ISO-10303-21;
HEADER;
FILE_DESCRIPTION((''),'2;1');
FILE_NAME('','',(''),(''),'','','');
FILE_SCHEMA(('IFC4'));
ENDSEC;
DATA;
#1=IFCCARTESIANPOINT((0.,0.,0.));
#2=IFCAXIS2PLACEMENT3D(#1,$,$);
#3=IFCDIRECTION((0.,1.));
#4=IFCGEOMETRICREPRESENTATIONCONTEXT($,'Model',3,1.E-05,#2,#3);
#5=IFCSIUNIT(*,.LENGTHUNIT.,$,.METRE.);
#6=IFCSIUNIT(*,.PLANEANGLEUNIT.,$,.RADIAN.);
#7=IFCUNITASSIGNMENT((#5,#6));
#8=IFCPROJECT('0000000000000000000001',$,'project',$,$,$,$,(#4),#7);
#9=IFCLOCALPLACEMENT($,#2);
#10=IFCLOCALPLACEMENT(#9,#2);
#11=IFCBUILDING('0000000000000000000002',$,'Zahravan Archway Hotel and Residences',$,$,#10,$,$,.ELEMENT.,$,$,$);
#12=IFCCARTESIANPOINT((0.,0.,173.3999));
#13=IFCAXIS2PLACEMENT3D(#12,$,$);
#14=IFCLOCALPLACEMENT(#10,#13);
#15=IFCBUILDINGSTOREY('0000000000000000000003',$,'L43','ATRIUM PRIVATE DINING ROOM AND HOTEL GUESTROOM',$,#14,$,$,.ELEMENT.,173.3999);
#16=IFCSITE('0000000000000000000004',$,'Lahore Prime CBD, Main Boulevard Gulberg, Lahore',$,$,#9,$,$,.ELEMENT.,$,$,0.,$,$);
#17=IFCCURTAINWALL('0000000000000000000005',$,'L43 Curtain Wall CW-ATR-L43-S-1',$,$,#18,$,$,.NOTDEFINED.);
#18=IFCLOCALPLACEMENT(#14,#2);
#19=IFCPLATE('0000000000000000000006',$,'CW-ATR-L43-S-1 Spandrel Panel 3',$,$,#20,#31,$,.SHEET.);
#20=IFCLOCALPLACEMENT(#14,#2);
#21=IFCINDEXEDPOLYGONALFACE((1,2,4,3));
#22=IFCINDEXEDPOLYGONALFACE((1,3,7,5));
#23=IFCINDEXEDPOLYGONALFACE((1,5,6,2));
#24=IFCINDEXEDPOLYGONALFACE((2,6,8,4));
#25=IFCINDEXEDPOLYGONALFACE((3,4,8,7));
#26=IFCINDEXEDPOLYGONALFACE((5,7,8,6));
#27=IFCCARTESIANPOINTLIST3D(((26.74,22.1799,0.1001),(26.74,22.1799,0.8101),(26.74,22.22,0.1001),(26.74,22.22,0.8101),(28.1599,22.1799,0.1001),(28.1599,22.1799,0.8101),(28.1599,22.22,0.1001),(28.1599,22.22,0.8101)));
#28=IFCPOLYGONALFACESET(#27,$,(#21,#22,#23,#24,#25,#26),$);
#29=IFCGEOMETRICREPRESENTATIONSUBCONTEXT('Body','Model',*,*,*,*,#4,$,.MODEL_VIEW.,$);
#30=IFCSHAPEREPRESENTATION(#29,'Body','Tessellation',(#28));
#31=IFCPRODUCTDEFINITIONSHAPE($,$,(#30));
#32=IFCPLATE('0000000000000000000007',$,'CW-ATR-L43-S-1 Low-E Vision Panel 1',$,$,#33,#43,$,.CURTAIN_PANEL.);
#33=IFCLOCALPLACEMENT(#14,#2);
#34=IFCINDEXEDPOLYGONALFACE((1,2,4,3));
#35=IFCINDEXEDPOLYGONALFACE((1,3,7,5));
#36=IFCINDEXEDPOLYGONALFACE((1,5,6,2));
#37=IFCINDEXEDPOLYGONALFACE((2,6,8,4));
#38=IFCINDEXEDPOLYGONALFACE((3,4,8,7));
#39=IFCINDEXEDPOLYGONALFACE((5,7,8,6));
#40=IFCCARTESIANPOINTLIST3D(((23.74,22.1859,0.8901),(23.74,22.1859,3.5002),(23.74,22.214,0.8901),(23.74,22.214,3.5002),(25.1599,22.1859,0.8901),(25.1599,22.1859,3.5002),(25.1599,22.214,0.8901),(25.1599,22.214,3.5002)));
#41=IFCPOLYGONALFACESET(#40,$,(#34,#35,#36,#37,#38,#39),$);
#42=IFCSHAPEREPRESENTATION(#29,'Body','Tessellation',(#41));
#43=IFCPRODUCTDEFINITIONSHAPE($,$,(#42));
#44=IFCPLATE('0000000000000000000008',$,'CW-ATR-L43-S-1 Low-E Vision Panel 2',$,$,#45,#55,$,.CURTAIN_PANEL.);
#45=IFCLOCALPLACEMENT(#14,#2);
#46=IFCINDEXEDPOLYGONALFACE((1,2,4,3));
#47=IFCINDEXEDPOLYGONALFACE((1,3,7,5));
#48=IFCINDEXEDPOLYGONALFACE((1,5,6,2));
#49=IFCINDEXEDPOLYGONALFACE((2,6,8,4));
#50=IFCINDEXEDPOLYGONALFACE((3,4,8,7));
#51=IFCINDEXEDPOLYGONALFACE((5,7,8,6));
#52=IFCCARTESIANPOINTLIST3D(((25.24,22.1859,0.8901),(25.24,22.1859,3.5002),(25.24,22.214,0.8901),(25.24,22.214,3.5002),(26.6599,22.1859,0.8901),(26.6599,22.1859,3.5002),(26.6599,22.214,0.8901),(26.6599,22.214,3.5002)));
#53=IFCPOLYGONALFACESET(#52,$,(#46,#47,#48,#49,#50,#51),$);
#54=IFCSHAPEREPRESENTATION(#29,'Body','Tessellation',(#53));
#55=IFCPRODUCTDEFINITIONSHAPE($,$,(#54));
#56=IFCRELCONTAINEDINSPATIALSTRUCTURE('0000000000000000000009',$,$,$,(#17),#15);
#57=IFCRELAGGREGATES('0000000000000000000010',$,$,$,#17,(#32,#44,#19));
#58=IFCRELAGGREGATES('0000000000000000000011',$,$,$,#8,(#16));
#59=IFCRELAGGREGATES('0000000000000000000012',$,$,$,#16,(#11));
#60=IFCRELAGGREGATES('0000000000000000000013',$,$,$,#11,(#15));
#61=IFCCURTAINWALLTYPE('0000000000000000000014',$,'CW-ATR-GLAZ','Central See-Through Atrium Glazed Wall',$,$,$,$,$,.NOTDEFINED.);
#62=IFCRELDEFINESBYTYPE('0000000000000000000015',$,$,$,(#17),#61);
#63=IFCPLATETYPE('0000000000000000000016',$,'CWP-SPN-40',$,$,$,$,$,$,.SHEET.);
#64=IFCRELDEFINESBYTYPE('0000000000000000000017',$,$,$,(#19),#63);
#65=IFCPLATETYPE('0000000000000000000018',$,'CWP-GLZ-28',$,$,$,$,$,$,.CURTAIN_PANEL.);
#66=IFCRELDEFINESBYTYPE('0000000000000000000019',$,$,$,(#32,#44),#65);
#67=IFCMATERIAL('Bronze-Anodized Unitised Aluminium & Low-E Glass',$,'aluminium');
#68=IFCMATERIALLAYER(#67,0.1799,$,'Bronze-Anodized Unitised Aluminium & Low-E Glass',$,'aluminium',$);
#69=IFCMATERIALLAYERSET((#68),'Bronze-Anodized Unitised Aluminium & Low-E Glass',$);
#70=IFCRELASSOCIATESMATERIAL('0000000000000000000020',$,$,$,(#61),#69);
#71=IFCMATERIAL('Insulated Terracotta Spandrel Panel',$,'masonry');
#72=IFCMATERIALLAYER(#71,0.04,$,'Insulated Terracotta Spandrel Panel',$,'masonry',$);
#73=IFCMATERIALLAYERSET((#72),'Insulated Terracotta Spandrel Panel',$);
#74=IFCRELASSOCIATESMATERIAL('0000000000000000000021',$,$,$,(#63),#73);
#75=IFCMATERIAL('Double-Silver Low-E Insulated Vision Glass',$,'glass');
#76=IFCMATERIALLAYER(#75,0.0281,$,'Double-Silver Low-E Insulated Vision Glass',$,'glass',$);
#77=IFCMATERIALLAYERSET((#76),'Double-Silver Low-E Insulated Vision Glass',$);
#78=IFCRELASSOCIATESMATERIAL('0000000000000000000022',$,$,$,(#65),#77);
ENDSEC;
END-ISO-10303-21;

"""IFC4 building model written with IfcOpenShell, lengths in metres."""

from ifc_helpers import new_model, si_unit, direction, frame, origin, origin_2d, place, context, subcontext, project, spatial, rectangle, extrude, source, transform, mapped, material, layer, layer_set, type_object, element, aggregate, save


model = new_model("IFC4")

# Units and contexts
model_context = context("Model", 3, precision=1e-05, world=origin(), true_north=direction((0.0, 1.0)))
body_context = subcontext(model_context, "Body", "Model", "MODEL_VIEW")
ifc_project = project(units=[si_unit("LENGTHUNIT", "METRE"), si_unit("PLANEANGLEUNIT", "RADIAN")], contexts=[model_context])

# Site, building, storey
site_placement = place(None, origin())
site = spatial("IfcSite", under=ifc_project, at=site_placement, Name="Lahore Prime CBD, Main Boulevard Gulberg, Lahore", CompositionType="ELEMENT", RefElevation=0.0)
building_placement = place(site_placement, origin())
building = spatial("IfcBuilding", under=site, at=building_placement, Name="Zahravan Archway Hotel and Residences", CompositionType="ELEMENT")
storey_placement = place(building_placement, frame((0.0, 0.0, 173.3999)))
storey = spatial("IfcBuildingStorey", under=building, at=storey_placement, Name="L43", Description="ATRIUM PRIVATE DINING ROOM AND HOTEL GUESTROOM", CompositionType="ELEMENT", Elevation=173.3999)

# Curtain wall, plates
ifc_material_1 = material(Name="Bronze-Anodized Unitised Aluminium & Low-E Glass", Category="aluminium")
ifc_layer_1 = layer(ifc_material_1, 0.1799, Name="Bronze-Anodized Unitised Aluminium & Low-E Glass", Category="aluminium")
ifc_layer_set_1 = layer_set([ifc_layer_1], Name="Bronze-Anodized Unitised Aluminium & Low-E Glass")
curtain_wall_type = type_object("IfcCurtainWallType", Name="CW-ATR-GLAZ", Description="Central See-Through Atrium Glazed Wall", PredefinedType="NOTDEFINED", material=ifc_layer_set_1)
curtain_wall_placement = place(storey_placement, origin())
curtain_wall = element("IfcCurtainWall", 1, at=curtain_wall_placement, inside=storey, type_object=curtain_wall_type, Name="L43 Curtain Wall CW-ATR-L43-S-1", PredefinedType="NOTDEFINED")
ifc_material_2 = material(Name="Insulated Terracotta Spandrel Panel", Category="masonry")
ifc_layer_2 = layer(ifc_material_2, 0.04, Name="Insulated Terracotta Spandrel Panel", Category="masonry")
ifc_layer_set_2 = layer_set([ifc_layer_2], Name="Insulated Terracotta Spandrel Panel")
plate_type_1 = type_object("IfcPlateType", Name="CWP-SPN-40", PredefinedType="SHEET", material=ifc_layer_set_2)
shared_shape_1 = source(origin(), body_context, "Body", "SweptSolid", [
    extrude(rectangle(XDim=1.4199, YDim=0.04, at=origin_2d()), origin(), (0.0, 0.0, 1.0), 0.71),
])
plate_1_placement = place(storey_placement, frame((27.45, 22.2, 0.1001), z_axis=(0.0, 0.0, 1.0), x_axis=(1.0, 0.0, 0.0)))
plate_1 = element("IfcPlate", 2, at=plate_1_placement, type_object=plate_type_1, Name="CW-ATR-L43-S-1 Spandrel Panel 3", PredefinedType="SHEET", context=body_context, shape_type="MappedRepresentation", body=[
    mapped(shared_shape_1, transform((0.0, 0.0, 0.0), scale=1.0)),
])
ifc_material_3 = material(Name="Double-Silver Low-E Insulated Vision Glass", Category="glass")
ifc_layer_3 = layer(ifc_material_3, 0.0281, Name="Double-Silver Low-E Insulated Vision Glass", Category="glass")
ifc_layer_set_3 = layer_set([ifc_layer_3], Name="Double-Silver Low-E Insulated Vision Glass")
plate_type_2 = type_object("IfcPlateType", Name="CWP-GLZ-28", PredefinedType="CURTAIN_PANEL", material=ifc_layer_set_3)
shared_shape_2 = source(origin(), body_context, "Body", "SweptSolid", [
    extrude(rectangle(XDim=1.4199, YDim=0.0281, at=origin_2d()), origin(), (0.0, 0.0, 1.0), 2.6101),
])
plate_2_placement = place(storey_placement, frame((24.45, 22.2, 0.8901), z_axis=(0.0, 0.0, 1.0), x_axis=(1.0, 0.0, 0.0)))
plate_2 = element("IfcPlate", 3, at=plate_2_placement, type_object=plate_type_2, Name="CW-ATR-L43-S-1 Low-E Vision Panel 1", PredefinedType="CURTAIN_PANEL", context=body_context, shape_type="MappedRepresentation", body=[
    mapped(shared_shape_2, transform((0.0, 0.0, 0.0), scale=1.0)),
])
plate_3_placement = place(storey_placement, frame((25.95, 22.2, 0.8901), z_axis=(0.0, 0.0, 1.0), x_axis=(1.0, 0.0, 0.0)))
plate_3 = element("IfcPlate", 4, at=plate_3_placement, type_object=plate_type_2, Name="CW-ATR-L43-S-1 Low-E Vision Panel 2", PredefinedType="CURTAIN_PANEL", context=body_context, shape_type="MappedRepresentation", body=[
    mapped(shared_shape_2, transform((0.0, 0.0, 0.0), scale=1.0)),
])
aggregate(curtain_wall, [plate_2, plate_3, plate_1])

save(model, "model.ifc")
